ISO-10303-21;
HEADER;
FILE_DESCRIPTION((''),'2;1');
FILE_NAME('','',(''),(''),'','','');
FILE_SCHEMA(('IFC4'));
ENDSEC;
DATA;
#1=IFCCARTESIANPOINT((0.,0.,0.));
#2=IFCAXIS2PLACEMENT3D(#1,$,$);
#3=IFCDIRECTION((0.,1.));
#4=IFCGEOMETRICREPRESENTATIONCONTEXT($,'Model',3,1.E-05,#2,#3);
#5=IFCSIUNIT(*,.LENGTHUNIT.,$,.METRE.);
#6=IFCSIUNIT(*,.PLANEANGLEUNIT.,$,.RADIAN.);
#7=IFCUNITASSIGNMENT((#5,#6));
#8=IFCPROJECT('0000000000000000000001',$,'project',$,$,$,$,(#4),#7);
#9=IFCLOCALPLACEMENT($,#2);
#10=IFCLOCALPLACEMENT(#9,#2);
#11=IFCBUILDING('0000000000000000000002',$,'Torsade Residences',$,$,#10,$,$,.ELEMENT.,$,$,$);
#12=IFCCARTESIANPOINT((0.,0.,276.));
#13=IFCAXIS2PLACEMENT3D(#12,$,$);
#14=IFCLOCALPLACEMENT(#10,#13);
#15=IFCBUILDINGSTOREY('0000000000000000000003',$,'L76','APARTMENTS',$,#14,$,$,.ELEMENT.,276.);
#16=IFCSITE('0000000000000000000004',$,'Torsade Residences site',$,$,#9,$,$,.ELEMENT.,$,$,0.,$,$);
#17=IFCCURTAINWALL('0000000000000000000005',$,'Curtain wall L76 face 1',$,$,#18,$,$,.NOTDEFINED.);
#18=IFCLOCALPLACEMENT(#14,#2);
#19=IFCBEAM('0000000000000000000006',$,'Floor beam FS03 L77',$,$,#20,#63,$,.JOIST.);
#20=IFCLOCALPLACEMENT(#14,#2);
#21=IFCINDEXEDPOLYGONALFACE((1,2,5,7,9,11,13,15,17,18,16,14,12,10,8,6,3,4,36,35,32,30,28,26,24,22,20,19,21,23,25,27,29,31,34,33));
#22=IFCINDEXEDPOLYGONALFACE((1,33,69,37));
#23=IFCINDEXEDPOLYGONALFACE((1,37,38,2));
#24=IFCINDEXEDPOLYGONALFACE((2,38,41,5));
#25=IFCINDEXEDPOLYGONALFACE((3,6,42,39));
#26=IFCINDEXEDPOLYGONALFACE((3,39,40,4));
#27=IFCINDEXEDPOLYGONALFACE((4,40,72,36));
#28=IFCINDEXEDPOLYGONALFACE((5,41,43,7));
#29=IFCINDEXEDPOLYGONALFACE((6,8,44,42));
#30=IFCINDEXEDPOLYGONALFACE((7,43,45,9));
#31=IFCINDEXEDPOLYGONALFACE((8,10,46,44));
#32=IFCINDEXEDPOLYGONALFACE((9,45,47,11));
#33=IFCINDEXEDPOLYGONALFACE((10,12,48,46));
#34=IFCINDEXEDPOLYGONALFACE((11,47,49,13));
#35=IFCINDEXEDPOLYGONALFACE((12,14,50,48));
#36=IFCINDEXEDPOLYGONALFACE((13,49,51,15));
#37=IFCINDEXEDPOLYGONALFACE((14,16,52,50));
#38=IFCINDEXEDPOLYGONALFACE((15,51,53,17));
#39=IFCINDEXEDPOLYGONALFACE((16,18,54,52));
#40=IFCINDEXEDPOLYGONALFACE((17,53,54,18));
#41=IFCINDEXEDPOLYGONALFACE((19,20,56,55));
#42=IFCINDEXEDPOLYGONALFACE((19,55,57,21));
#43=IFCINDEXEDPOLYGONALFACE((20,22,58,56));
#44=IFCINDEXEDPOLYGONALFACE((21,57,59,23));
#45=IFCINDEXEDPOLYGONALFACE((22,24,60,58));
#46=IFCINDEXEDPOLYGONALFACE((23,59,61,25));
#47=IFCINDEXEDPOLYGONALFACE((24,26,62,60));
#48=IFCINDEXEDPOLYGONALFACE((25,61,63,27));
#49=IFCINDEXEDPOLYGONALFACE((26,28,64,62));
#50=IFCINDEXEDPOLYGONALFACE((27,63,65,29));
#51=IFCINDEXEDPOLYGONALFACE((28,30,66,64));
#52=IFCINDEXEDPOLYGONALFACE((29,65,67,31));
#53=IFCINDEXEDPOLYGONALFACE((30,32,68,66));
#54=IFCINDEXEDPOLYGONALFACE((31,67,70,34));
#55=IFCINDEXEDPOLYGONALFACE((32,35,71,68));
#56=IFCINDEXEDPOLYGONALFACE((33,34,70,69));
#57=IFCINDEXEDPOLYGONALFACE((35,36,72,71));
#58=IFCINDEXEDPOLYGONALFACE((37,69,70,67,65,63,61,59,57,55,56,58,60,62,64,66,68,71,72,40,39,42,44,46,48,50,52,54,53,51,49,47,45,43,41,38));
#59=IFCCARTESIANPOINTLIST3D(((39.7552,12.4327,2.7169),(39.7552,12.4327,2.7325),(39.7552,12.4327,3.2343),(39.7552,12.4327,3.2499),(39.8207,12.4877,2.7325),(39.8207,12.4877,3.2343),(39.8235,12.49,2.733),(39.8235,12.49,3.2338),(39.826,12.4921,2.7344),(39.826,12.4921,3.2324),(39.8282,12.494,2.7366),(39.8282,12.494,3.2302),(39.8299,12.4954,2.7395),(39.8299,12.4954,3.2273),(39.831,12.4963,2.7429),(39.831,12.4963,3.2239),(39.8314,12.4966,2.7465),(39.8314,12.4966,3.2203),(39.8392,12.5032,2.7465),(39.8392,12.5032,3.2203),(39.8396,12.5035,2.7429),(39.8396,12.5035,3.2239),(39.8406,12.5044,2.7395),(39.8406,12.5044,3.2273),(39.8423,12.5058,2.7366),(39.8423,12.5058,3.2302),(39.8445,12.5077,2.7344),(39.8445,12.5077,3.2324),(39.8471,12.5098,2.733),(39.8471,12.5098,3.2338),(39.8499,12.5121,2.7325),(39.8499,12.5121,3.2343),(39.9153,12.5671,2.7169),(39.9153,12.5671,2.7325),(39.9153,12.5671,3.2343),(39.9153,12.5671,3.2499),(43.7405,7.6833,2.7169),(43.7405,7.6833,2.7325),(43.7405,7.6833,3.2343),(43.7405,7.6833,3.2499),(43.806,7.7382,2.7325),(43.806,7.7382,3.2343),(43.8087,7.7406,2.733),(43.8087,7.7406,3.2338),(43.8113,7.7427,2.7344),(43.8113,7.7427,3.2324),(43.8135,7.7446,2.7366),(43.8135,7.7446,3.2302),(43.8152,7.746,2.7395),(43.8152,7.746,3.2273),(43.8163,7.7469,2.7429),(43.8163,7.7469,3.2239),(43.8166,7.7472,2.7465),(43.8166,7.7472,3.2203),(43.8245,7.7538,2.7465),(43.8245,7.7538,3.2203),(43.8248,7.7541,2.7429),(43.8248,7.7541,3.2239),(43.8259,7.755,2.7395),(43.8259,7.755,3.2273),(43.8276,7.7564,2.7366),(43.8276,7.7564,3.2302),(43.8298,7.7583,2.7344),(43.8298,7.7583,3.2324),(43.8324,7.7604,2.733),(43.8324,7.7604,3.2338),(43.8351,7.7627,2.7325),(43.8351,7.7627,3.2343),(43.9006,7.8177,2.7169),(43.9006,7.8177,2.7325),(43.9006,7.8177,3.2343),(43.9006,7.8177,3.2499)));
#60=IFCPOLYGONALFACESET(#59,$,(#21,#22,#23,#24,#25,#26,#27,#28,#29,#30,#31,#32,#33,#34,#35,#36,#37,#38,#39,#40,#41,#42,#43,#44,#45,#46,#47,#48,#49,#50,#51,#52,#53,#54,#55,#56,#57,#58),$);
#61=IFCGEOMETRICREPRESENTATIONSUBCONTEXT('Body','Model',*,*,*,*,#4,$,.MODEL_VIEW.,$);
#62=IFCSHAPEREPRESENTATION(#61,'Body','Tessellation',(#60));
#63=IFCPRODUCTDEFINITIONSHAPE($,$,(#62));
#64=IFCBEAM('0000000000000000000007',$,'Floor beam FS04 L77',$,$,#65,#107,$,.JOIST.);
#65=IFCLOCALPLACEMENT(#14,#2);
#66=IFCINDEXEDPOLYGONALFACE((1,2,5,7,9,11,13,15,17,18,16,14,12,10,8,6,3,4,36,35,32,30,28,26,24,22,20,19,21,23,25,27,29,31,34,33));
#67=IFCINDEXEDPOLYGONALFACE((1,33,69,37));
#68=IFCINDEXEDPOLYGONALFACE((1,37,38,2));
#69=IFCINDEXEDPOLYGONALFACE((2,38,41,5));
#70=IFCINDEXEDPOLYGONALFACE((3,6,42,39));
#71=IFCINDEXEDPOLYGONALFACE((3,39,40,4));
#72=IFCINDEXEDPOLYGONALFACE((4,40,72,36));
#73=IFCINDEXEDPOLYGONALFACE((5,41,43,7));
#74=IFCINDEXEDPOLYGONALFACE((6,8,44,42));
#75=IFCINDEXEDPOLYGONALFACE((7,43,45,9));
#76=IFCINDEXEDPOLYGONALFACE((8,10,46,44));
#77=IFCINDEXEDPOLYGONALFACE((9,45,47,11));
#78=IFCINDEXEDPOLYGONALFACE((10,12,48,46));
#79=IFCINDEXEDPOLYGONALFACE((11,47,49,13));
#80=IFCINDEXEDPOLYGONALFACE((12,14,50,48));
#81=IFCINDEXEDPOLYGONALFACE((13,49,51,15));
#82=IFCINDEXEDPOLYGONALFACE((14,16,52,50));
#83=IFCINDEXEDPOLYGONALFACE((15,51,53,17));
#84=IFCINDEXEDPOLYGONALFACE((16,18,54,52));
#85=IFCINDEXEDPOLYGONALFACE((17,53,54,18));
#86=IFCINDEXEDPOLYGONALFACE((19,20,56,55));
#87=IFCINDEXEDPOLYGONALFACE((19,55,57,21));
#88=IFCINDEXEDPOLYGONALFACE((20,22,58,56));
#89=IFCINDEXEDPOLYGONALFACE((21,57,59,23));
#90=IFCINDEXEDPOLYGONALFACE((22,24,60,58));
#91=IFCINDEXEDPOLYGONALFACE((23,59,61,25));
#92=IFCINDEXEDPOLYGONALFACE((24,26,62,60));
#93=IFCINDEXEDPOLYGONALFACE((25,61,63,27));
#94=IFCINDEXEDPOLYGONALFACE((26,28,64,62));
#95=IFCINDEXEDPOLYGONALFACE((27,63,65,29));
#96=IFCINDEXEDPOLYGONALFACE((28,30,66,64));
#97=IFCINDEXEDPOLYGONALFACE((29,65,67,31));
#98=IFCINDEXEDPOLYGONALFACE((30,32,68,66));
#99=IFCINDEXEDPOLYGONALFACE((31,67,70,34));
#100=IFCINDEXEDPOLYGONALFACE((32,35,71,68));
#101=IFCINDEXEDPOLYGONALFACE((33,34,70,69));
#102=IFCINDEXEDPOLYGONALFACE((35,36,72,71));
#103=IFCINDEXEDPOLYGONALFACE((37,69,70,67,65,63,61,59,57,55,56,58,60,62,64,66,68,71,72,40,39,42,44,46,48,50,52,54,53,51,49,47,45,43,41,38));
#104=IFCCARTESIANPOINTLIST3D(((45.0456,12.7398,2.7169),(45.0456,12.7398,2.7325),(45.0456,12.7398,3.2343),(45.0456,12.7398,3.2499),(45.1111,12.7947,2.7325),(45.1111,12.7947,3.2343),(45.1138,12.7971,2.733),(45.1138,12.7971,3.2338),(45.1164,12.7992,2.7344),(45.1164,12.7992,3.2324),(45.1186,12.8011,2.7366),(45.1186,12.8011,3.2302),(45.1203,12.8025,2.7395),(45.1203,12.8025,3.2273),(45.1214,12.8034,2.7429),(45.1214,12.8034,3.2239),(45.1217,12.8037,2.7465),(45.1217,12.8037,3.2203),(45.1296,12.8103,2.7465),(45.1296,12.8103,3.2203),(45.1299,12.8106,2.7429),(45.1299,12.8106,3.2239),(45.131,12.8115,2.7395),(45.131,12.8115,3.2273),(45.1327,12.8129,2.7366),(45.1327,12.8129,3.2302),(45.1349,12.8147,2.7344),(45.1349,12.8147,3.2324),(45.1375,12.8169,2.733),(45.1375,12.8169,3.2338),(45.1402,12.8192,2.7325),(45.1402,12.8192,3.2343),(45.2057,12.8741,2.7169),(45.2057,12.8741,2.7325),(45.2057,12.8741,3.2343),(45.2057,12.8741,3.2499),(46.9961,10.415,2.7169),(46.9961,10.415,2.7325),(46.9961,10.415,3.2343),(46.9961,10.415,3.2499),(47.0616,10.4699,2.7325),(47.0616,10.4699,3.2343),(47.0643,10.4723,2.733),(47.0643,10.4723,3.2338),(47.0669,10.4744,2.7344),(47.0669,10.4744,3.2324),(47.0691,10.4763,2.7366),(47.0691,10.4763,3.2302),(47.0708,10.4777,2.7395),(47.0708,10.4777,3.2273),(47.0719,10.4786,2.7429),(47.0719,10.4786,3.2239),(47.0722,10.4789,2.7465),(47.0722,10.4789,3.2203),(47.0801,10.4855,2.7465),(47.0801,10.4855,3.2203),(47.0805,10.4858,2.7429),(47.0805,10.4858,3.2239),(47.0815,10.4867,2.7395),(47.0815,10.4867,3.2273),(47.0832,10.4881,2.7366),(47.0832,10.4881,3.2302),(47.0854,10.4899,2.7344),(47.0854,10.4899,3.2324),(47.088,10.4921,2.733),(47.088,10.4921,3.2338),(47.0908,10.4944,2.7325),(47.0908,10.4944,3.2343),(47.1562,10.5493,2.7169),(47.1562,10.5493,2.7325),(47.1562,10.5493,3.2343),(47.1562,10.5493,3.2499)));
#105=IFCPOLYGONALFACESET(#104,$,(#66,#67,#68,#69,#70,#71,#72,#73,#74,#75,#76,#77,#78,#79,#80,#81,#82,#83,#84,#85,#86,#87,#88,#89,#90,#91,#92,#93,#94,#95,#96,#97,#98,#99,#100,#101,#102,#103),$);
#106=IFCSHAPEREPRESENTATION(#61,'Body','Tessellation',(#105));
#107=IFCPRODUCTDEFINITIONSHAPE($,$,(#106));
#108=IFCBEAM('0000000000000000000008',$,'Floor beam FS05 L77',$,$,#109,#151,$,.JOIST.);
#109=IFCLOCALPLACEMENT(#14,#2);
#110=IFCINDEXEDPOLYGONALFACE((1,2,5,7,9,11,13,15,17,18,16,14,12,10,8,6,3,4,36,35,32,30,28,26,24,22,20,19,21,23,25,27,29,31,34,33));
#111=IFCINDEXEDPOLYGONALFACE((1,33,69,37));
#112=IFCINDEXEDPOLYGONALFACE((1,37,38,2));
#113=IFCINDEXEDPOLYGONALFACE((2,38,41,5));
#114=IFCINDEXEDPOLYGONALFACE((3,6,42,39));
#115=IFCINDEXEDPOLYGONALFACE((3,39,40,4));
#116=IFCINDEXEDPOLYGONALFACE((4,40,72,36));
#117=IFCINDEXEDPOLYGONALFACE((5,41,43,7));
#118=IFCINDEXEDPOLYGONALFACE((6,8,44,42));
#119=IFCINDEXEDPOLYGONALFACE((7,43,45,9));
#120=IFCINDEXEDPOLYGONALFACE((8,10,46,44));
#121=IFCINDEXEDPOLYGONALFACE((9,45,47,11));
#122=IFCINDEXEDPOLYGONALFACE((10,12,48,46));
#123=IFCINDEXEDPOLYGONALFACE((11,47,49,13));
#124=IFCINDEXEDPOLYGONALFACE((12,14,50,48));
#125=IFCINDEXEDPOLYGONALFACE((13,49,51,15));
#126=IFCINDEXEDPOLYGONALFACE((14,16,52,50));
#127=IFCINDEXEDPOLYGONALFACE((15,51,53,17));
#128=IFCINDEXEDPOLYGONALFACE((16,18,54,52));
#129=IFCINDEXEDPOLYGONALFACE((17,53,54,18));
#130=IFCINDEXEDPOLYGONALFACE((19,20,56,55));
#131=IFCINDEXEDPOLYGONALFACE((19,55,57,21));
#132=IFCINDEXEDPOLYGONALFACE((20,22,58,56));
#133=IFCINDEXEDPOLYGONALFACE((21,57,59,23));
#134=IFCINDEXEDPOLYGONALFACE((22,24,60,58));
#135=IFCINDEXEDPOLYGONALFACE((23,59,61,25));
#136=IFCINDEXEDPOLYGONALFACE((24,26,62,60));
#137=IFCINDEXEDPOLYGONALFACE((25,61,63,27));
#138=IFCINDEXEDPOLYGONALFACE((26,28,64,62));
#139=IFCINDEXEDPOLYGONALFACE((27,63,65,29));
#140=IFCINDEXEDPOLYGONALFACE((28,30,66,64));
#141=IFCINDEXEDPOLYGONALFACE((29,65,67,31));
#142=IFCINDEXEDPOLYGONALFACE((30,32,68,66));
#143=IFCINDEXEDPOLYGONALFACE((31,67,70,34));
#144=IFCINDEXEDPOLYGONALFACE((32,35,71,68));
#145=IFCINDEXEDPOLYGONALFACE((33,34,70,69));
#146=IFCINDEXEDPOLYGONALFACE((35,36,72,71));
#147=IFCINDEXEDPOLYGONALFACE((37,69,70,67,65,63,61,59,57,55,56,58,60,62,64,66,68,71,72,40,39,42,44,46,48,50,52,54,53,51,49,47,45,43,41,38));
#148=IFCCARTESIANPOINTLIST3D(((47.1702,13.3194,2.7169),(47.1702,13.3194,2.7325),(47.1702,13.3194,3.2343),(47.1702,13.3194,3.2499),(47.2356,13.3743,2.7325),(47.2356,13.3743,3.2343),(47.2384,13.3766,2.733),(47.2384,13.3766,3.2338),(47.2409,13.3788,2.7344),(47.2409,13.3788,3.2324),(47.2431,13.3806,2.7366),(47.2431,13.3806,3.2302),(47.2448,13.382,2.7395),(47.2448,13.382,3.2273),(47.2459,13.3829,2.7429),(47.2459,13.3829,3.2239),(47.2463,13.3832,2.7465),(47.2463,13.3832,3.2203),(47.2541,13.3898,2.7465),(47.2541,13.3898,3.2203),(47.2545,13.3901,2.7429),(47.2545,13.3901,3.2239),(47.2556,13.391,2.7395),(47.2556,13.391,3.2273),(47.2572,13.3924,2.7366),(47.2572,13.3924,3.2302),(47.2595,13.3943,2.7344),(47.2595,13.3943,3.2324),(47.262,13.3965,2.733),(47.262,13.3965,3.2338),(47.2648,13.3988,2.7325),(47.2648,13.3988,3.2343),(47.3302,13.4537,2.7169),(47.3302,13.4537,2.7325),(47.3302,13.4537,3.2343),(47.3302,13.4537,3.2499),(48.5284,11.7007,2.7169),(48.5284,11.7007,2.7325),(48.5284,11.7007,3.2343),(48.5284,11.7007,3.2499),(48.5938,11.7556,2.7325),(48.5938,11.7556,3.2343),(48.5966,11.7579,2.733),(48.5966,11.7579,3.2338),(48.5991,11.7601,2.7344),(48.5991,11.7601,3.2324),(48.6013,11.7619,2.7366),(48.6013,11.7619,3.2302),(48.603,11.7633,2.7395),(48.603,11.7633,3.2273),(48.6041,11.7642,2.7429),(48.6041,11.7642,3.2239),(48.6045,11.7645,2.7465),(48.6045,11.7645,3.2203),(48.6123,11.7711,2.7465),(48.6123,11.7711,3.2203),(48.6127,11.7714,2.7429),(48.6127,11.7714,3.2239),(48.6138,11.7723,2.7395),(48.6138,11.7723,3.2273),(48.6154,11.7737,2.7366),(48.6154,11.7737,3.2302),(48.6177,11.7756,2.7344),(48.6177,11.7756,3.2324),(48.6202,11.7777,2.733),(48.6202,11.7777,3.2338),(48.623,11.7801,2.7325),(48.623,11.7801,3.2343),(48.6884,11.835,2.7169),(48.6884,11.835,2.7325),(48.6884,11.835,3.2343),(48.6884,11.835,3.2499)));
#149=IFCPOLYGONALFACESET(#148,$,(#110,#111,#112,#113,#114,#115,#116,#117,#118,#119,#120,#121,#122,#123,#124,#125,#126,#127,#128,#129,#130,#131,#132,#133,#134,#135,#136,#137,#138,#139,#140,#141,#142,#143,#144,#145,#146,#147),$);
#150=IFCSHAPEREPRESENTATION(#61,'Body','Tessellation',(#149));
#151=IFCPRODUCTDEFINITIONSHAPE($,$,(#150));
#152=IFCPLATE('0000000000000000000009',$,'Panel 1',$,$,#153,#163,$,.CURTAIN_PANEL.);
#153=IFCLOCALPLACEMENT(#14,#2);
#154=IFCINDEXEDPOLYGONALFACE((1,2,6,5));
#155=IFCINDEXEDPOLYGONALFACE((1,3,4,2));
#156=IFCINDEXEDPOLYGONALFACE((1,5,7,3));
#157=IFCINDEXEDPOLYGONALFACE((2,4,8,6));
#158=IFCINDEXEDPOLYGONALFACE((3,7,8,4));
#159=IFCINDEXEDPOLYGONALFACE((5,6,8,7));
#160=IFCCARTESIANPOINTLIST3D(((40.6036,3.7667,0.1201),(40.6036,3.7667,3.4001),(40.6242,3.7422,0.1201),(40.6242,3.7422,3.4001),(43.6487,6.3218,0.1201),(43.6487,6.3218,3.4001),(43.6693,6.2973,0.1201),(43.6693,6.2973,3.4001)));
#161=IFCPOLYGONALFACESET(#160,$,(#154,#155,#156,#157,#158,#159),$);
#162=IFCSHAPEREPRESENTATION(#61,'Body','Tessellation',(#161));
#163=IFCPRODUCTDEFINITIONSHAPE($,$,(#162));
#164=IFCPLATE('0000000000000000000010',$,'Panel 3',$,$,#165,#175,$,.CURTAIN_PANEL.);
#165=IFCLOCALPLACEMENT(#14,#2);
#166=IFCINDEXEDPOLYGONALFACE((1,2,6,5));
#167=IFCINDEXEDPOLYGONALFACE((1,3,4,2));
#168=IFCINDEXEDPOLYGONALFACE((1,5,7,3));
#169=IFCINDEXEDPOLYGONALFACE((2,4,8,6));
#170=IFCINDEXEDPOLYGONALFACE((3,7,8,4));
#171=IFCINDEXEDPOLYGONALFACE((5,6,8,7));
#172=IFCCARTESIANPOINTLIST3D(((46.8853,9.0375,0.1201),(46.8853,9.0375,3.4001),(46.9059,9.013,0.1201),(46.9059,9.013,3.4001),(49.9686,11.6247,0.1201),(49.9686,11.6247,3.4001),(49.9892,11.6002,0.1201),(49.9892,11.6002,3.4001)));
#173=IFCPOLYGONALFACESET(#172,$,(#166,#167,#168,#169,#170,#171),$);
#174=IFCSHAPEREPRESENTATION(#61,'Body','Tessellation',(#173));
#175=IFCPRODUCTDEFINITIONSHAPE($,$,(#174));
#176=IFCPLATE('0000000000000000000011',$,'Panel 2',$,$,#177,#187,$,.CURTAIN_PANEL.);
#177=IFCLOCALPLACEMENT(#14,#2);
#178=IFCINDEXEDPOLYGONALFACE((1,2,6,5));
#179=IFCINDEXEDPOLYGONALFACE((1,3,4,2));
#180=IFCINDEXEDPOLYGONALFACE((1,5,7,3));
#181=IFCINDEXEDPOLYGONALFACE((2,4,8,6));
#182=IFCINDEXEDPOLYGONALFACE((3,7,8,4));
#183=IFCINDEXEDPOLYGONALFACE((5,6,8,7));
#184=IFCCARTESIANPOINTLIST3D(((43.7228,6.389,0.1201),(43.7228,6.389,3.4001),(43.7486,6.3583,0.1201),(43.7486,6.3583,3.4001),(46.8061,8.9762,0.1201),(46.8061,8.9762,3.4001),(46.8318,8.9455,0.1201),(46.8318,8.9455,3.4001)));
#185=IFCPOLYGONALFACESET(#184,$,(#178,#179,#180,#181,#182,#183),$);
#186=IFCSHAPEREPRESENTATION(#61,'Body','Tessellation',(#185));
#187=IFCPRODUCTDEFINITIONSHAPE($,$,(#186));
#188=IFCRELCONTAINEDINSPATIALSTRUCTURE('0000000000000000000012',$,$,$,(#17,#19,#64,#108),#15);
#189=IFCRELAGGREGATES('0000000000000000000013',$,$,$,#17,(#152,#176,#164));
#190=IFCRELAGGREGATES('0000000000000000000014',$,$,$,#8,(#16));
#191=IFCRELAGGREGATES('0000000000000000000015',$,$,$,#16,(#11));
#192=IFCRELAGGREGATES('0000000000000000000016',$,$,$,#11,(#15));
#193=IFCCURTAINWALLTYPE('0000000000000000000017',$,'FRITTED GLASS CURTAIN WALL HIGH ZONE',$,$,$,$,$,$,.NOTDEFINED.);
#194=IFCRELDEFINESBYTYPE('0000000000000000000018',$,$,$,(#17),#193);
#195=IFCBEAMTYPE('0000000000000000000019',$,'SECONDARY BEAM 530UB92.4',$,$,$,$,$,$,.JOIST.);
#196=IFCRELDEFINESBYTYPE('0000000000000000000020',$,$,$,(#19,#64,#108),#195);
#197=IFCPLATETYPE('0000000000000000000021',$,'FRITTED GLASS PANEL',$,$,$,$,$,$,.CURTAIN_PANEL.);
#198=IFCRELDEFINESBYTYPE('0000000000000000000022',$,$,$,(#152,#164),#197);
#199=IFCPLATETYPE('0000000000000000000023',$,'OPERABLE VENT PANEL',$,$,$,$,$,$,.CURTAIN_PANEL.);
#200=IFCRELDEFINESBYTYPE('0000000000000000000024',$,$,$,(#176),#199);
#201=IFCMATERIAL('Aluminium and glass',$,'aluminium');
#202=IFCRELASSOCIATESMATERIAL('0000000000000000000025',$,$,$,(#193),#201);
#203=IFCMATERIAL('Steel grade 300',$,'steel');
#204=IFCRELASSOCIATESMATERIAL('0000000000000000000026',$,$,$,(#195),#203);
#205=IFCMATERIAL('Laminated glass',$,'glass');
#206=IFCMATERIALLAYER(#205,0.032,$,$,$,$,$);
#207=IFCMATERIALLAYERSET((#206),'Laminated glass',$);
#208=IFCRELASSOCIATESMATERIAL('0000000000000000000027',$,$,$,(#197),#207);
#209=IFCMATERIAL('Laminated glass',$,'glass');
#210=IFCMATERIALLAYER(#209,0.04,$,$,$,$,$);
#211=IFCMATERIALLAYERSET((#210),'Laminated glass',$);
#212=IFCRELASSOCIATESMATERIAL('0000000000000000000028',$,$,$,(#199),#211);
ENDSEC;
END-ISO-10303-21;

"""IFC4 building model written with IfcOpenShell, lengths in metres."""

from ifc_helpers import new_model, si_unit, direction, frame, origin, origin_2d, place, context, subcontext, project, spatial, rectangle, i_section, extrude, material, layer, layer_set, material_profile, profile_set, type_object, element, aggregate, save


model = new_model("IFC4")

# Units and contexts
model_context = context("Model", 3, precision=1e-05, world=origin(), true_north=direction((0.0, 1.0)))
body_context = subcontext(model_context, "Body", "Model", "MODEL_VIEW")
ifc_project = project(units=[si_unit("LENGTHUNIT", "METRE"), si_unit("PLANEANGLEUNIT", "RADIAN")], contexts=[model_context])

# Site, building, storey
site_placement = place(None, origin())
site = spatial("IfcSite", under=ifc_project, at=site_placement, Name="Torsade Residences site", CompositionType="ELEMENT", RefElevation=0.0)
building_placement = place(site_placement, origin())
building = spatial("IfcBuilding", under=site, at=building_placement, Name="Torsade Residences", CompositionType="ELEMENT")
storey_placement = place(building_placement, frame((0.0, 0.0, 276.0)))
storey = spatial("IfcBuildingStorey", under=building, at=storey_placement, Name="L76", Description="APARTMENTS", CompositionType="ELEMENT", Elevation=276.0)

# Curtain wall
ifc_material_1 = material(Name="Aluminium and glass", Category="aluminium")
curtain_wall_type = type_object("IfcCurtainWallType", Name="FRITTED GLASS CURTAIN WALL HIGH ZONE", PredefinedType="NOTDEFINED", material=ifc_material_1)
curtain_wall_placement = place(storey_placement, origin())
curtain_wall = element("IfcCurtainWall", 1, at=curtain_wall_placement, inside=storey, type_object=curtain_wall_type, Name="Curtain wall L76 face 1", PredefinedType="NOTDEFINED")

# Beams
ifc_material_2 = material(Name="Steel grade 300", Category="steel")
ifc_material_profile_1 = material_profile(ifc_material_2, i_section(OverallWidth=0.209, OverallDepth=0.533, WebThickness=0.0103, FlangeThickness=0.0156, FilletRadius=0.0139, at=origin_2d()), Name="530UB92.4")
ifc_profile_set_1 = profile_set([ifc_material_profile_1], Name="Steel grade 300")
beam_type_1 = type_object("IfcBeamType", Name="SECONDARY BEAM 530UB92.4", PredefinedType="JOIST", material=ifc_profile_set_1)
beam_1_placement = place(storey_placement, frame((43.8206, 7.7505, 2.9834), z_axis=(-0.642791, 0.766041, 0.0), x_axis=(-0.766041, -0.642791, 0.0)))
element("IfcBeam", 2, at=beam_1_placement, inside=storey, type_object=beam_type_1, Name="Floor beam FS03 L77", PredefinedType="JOIST", context=body_context, shape_type="SweptSolid", body=[
    extrude(i_section(OverallWidth=0.209, OverallDepth=0.533, WebThickness=0.0103, FlangeThickness=0.0156, FilletRadius=0.0139, at=origin_2d()), origin(), (0.0, 0.0, 1.0), 6.2),
])
beam_2_placement = place(storey_placement, frame((47.0762, 10.4822, 2.9834), z_axis=(-0.642745, 0.76608, 0.0), x_axis=(-0.76608, -0.642745, 0.0)))
element("IfcBeam", 3, at=beam_2_placement, inside=storey, type_object=beam_type_1, Name="Floor beam FS04 L77", PredefinedType="JOIST", context=body_context, shape_type="SweptSolid", body=[
    extrude(i_section(OverallWidth=0.209, OverallDepth=0.533, WebThickness=0.0103, FlangeThickness=0.0156, FilletRadius=0.0139, at=origin_2d()), origin(), (0.0, 0.0, 1.0), 3.0347),
])
beam_3_placement = place(storey_placement, frame((48.6084, 11.7678, 2.9834), z_axis=(-0.642772, 0.766058, 0.0), x_axis=(-0.766058, -0.642772, 0.0)))
element("IfcBeam", 4, at=beam_3_placement, inside=storey, type_object=beam_type_1, Name="Floor beam FS05 L77", PredefinedType="JOIST", context=body_context, shape_type="SweptSolid", body=[
    extrude(i_section(OverallWidth=0.209, OverallDepth=0.533, WebThickness=0.0103, FlangeThickness=0.0156, FilletRadius=0.0139, at=origin_2d()), origin(), (0.0, 0.0, 1.0), 2.113),
])

# Plates
ifc_material_3 = material(Name="Laminated glass", Category="glass")
ifc_layer_1 = layer(ifc_material_3, 0.032)
ifc_layer_set_1 = layer_set([ifc_layer_1], Name="Laminated glass")
plate_type_1 = type_object("IfcPlateType", Name="FRITTED GLASS PANEL", PredefinedType="CURTAIN_PANEL", material=ifc_layer_set_1)
plate_1_placement = place(storey_placement, frame((42.1365, 5.032, 0.1201), z_axis=(0.0, 0.0, 1.0), x_axis=(0.766044, 0.642788, 0.0)))
plate_1 = element("IfcPlate", 5, at=plate_1_placement, type_object=plate_type_1, Name="Panel 1", PredefinedType="CURTAIN_PANEL", context=body_context, shape_type="SweptSolid", body=[
    extrude(rectangle(XDim=3.9751, YDim=0.032, at=origin_2d()), origin(), (0.0, 0.0, 1.0), 3.28),
])
plate_2_placement = place(storey_placement, frame((48.4373, 10.3188, 0.1201), z_axis=(0.0, 0.0, 1.0), x_axis=(0.766044, 0.642788, 0.0)))
plate_2 = element("IfcPlate", 6, at=plate_2_placement, type_object=plate_type_1, Name="Panel 3", PredefinedType="CURTAIN_PANEL", context=body_context, shape_type="SweptSolid", body=[
    extrude(rectangle(XDim=4.0249, YDim=0.032, at=origin_2d()), origin(), (0.0, 0.0, 1.0), 3.28),
])
ifc_material_4 = material(Name="Laminated glass", Category="glass")
ifc_layer_2 = layer(ifc_material_4, 0.04)
ifc_layer_set_2 = layer_set([ifc_layer_2], Name="Laminated glass")
plate_type_2 = type_object("IfcPlateType", Name="OPERABLE VENT PANEL", PredefinedType="CURTAIN_PANEL", material=ifc_layer_set_2)
plate_3_placement = place(storey_placement, frame((45.2773, 7.6672, 0.1201), z_axis=(0.0, 0.0, 1.0), x_axis=(0.766044, 0.642788, 0.0)))
plate_3 = element("IfcPlate", 7, at=plate_3_placement, type_object=plate_type_2, Name="Panel 2", PredefinedType="CURTAIN_PANEL", context=body_context, shape_type="SweptSolid", body=[
    extrude(rectangle(XDim=4.0249, YDim=0.04, at=origin_2d()), origin(), (0.0, 0.0, 1.0), 3.28),
])
aggregate(curtain_wall, [plate_1, plate_3, plate_2])

save(model, "model.ifc")
